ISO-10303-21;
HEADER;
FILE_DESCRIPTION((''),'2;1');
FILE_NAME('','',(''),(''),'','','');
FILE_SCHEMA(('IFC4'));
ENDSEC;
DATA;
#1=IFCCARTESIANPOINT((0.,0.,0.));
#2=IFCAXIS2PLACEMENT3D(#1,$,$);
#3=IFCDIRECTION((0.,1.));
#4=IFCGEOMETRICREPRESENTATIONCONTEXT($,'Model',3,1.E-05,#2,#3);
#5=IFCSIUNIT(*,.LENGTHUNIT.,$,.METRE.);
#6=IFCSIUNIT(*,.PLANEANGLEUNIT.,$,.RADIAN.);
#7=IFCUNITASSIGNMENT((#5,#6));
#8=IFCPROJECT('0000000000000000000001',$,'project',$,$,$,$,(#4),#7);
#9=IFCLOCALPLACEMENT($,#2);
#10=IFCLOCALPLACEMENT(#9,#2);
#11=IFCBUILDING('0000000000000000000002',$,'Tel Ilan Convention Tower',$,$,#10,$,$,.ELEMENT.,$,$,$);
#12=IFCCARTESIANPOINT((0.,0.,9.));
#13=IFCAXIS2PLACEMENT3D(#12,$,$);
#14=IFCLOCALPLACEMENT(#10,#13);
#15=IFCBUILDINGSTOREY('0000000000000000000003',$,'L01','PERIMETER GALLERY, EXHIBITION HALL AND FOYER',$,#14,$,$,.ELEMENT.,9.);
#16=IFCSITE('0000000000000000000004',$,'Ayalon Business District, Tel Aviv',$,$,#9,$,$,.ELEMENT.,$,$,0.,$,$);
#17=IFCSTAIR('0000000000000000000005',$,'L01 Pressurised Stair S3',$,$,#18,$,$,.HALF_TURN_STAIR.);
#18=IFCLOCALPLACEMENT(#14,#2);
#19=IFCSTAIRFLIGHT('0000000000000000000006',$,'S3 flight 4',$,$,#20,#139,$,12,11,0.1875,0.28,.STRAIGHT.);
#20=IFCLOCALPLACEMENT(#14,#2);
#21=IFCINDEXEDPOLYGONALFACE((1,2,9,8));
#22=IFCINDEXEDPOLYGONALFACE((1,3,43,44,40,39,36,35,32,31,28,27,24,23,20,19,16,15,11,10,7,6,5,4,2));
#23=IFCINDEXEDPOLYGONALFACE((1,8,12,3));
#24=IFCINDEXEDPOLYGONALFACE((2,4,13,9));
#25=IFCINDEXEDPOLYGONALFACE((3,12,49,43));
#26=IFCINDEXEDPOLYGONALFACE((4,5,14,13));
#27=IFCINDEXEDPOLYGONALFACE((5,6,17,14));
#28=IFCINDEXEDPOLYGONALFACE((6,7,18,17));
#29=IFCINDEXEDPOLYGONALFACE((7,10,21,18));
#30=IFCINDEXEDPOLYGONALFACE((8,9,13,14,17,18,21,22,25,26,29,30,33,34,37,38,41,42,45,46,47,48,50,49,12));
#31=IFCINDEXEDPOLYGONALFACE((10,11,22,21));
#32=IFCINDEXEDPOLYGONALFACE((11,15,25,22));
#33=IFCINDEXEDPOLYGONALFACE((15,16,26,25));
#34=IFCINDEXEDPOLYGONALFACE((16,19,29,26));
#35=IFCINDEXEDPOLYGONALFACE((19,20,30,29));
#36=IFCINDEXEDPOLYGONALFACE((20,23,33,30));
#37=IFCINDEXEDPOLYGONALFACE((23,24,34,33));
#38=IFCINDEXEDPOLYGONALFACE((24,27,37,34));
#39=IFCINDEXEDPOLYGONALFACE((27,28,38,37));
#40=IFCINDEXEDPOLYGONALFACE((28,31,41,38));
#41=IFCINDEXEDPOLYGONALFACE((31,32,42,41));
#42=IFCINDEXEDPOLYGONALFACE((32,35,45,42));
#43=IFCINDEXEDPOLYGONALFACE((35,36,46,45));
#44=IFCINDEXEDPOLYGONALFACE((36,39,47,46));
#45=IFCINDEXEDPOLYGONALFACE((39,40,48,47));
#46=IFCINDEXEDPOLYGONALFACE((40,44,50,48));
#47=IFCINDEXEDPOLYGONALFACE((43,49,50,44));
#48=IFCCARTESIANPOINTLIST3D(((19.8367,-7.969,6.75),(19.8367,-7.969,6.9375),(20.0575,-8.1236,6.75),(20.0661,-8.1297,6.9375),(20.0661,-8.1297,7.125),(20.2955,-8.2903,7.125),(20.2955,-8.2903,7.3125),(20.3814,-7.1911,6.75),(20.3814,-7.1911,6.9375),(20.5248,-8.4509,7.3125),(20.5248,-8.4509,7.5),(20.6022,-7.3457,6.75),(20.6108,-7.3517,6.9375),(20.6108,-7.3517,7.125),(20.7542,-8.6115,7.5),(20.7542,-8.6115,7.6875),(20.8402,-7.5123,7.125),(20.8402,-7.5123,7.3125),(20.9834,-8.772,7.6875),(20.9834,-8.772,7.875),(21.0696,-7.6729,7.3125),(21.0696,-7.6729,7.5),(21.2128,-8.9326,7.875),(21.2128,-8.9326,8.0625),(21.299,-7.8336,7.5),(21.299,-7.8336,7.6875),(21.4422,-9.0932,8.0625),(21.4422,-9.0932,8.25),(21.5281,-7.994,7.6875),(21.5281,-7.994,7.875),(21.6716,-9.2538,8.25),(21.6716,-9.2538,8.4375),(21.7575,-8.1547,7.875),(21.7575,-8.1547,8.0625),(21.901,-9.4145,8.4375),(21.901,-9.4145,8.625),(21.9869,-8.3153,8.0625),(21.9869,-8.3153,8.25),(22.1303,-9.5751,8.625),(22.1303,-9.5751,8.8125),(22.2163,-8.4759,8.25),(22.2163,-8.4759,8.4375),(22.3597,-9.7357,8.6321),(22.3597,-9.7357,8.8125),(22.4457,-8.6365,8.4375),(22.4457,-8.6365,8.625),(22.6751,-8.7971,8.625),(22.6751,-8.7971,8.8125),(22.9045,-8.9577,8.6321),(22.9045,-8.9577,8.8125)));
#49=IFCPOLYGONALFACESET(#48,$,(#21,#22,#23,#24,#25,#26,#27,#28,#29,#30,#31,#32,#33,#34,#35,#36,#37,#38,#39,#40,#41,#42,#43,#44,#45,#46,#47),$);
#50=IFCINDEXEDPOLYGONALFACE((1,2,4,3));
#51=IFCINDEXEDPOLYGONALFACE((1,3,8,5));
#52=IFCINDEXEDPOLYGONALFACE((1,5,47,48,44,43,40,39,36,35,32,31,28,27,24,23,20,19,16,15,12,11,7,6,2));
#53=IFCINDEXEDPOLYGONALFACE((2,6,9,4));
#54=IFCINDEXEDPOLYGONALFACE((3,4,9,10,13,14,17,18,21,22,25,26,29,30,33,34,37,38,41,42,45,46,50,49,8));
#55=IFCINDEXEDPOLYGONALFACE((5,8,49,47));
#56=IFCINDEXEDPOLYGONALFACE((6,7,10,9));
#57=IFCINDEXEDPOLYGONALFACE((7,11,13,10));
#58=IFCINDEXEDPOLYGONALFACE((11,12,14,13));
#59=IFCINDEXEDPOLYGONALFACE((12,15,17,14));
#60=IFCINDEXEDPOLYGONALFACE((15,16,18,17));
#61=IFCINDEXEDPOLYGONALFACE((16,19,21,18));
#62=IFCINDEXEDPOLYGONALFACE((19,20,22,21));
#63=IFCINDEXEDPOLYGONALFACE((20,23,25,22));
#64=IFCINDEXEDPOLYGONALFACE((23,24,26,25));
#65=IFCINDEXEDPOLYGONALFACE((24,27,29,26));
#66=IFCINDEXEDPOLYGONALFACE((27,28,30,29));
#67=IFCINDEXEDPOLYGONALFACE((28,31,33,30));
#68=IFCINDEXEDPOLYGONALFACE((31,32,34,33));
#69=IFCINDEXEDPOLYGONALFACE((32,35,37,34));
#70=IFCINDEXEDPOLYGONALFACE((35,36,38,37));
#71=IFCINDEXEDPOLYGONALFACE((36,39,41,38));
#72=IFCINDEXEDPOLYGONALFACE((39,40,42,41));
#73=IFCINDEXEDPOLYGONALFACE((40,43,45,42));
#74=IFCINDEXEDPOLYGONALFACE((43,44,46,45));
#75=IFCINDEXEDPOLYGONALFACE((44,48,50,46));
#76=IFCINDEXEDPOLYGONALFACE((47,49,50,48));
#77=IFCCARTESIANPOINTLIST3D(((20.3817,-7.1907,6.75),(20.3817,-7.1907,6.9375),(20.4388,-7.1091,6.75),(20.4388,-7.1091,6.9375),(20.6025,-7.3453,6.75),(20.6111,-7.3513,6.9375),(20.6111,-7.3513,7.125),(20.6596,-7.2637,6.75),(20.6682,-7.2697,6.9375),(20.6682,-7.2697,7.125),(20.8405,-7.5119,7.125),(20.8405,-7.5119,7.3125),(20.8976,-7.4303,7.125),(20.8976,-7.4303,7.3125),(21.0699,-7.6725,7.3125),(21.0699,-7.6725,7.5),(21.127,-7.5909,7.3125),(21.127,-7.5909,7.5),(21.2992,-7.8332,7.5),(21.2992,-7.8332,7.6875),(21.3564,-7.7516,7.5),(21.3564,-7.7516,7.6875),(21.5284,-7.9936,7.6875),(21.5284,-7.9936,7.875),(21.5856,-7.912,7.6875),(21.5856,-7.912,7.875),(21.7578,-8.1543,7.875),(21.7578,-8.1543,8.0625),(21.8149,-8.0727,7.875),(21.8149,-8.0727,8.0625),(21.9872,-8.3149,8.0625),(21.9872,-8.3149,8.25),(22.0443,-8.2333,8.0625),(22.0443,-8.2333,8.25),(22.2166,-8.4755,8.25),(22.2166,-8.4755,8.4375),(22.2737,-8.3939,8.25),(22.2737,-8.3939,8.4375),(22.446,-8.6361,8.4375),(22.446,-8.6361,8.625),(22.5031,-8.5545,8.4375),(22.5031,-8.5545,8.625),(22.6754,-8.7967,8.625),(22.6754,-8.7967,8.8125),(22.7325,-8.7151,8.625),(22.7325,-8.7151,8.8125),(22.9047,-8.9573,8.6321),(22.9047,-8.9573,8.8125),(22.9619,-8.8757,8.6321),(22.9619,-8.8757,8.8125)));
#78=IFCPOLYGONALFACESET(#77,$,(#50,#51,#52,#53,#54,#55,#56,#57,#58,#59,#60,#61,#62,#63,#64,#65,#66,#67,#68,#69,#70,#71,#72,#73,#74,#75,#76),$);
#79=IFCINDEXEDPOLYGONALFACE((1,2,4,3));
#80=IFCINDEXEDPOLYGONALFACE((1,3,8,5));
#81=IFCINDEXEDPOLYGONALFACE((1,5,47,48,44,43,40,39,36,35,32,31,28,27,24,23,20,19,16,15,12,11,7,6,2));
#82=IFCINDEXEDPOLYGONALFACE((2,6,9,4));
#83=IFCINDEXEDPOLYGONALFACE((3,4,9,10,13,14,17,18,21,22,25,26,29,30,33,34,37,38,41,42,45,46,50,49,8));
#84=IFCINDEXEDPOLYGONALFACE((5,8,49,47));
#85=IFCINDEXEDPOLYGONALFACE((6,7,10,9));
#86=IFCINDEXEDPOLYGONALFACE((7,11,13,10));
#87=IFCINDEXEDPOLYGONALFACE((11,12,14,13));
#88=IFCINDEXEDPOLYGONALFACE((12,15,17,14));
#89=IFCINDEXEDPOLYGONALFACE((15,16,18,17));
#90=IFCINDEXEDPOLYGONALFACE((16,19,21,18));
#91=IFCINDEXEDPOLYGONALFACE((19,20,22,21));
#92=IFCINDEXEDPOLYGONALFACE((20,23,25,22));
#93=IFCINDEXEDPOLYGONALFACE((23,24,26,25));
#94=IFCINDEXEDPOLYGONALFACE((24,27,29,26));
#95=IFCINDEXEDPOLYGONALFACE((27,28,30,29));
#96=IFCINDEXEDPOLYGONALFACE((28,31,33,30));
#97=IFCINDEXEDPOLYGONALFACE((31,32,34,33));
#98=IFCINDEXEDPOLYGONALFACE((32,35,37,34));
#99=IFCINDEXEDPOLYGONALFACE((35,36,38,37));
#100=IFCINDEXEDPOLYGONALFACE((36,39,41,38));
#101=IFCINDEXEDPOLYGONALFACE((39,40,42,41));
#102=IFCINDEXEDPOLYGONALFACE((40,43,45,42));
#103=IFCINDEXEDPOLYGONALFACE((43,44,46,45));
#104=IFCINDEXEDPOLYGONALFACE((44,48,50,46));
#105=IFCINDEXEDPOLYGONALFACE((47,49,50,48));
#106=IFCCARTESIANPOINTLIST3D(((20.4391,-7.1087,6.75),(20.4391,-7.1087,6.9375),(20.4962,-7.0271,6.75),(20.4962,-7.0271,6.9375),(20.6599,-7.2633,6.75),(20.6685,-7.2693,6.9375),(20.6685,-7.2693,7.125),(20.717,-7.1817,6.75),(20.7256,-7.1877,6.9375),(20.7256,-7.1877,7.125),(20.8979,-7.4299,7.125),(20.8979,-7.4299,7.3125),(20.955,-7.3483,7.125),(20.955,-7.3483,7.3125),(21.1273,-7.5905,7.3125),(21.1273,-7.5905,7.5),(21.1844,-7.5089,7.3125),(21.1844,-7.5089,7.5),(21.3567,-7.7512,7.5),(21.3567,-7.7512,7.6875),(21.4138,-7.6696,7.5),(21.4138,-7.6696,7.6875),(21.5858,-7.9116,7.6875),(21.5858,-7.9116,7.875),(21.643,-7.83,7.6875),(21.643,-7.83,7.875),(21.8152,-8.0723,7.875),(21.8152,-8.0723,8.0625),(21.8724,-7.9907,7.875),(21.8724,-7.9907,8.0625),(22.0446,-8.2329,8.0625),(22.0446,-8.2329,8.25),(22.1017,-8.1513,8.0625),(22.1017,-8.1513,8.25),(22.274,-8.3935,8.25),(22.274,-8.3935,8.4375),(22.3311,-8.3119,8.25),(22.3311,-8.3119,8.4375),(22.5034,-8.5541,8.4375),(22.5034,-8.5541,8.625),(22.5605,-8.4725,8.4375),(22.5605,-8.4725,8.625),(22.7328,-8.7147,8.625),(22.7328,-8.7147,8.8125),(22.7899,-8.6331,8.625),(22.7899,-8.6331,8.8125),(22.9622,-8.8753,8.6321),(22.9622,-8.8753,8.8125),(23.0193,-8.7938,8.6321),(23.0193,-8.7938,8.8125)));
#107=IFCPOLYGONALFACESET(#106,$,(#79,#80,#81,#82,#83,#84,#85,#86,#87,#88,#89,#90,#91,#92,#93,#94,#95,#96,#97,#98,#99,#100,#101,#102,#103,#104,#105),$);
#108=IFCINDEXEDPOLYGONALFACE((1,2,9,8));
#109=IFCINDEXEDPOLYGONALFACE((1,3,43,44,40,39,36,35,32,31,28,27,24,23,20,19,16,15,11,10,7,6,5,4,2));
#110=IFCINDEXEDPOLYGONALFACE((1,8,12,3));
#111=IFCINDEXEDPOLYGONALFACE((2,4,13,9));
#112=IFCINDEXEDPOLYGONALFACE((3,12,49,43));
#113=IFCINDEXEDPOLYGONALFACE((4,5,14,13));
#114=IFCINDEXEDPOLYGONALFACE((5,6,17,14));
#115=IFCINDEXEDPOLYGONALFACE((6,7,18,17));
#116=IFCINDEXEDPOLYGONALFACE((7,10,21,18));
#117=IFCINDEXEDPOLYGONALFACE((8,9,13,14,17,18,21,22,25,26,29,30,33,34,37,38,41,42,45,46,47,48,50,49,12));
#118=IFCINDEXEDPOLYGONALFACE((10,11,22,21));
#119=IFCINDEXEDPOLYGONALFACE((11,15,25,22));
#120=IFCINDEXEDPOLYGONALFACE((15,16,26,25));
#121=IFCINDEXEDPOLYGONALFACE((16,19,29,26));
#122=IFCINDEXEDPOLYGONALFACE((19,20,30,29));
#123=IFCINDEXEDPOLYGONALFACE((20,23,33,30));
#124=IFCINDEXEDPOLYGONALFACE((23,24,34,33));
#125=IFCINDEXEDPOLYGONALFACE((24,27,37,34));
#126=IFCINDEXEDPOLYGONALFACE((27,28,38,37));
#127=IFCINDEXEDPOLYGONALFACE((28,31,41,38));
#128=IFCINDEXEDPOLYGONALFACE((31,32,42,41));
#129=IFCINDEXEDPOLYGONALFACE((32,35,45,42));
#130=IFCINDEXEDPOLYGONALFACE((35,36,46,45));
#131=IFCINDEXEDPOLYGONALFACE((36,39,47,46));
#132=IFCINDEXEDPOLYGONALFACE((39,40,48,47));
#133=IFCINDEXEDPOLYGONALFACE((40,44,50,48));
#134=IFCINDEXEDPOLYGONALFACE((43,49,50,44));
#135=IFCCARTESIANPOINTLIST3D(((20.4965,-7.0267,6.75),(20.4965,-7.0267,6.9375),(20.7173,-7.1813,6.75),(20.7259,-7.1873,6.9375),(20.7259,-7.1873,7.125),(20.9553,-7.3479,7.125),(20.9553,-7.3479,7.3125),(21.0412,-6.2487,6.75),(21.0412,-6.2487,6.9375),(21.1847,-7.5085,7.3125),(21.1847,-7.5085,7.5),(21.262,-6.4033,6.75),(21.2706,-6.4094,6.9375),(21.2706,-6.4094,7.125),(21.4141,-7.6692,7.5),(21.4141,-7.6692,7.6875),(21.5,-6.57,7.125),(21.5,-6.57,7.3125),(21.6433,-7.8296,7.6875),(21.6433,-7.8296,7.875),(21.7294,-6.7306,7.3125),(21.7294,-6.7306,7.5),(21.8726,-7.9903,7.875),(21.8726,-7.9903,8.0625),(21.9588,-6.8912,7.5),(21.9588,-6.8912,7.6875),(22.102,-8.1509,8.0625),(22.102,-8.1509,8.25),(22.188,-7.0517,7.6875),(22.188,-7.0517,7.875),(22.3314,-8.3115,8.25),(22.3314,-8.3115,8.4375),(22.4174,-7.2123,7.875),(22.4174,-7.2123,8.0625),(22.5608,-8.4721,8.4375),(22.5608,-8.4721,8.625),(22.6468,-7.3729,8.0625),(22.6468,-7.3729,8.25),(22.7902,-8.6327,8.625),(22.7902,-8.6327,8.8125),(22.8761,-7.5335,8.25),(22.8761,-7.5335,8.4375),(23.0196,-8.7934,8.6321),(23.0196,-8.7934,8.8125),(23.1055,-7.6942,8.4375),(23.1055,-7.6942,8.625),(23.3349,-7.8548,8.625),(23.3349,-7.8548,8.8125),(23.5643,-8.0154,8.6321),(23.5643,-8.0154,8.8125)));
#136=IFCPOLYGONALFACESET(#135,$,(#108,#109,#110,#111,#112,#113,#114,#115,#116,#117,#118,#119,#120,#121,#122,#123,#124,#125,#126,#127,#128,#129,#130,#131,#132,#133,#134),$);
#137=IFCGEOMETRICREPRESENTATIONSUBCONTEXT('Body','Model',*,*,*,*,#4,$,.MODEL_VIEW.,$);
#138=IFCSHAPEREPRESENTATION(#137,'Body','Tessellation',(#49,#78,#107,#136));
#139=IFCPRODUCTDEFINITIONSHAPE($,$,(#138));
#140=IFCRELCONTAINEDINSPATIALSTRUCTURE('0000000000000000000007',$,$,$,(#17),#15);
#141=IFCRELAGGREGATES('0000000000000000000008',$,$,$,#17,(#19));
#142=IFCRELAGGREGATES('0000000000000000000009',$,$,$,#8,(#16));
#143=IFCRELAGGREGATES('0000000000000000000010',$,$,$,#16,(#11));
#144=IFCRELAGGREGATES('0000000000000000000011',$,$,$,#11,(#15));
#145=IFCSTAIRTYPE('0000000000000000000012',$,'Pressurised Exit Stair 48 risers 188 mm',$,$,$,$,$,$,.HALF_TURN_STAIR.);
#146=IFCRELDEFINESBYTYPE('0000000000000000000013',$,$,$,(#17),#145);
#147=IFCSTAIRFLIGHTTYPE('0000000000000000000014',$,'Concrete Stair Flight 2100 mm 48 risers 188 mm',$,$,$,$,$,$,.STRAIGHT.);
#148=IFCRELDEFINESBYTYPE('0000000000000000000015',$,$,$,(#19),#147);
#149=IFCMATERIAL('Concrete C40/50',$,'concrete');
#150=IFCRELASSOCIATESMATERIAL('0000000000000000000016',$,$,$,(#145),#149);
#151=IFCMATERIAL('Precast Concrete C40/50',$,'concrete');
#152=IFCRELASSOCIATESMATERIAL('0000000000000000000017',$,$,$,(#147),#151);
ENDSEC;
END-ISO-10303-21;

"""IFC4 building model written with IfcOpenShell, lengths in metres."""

from ifc_helpers import new_model, si_unit, direction, frame, origin, place, context, subcontext, project, spatial, polyline, outline, extrude, material, type_object, element, aggregate, save


model = new_model("IFC4")

# Units and contexts
model_context = context("Model", 3, precision=1e-05, world=origin(), true_north=direction((0.0, 1.0)))
body_context = subcontext(model_context, "Body", "Model", "MODEL_VIEW")
ifc_project = project(units=[si_unit("LENGTHUNIT", "METRE"), si_unit("PLANEANGLEUNIT", "RADIAN")], contexts=[model_context])

# Site, building, storey
site_placement = place(None, origin())
site = spatial("IfcSite", under=ifc_project, at=site_placement, Name="Ayalon Business District, Tel Aviv", CompositionType="ELEMENT", RefElevation=0.0)
building_placement = place(site_placement, origin())
building = spatial("IfcBuilding", under=site, at=building_placement, Name="Tel Ilan Convention Tower", CompositionType="ELEMENT")
storey_placement = place(building_placement, frame((0.0, 0.0, 9.0)))
storey = spatial("IfcBuildingStorey", under=building, at=storey_placement, Name="L01", Description="PERIMETER GALLERY, EXHIBITION HALL AND FOYER", CompositionType="ELEMENT", Elevation=9.0)

# Stair, stair flight
ifc_material_1 = material(Name="Concrete C40/50", Category="concrete")
stair_type = type_object("IfcStairType", Name="Pressurised Exit Stair 48 risers 188 mm", PredefinedType="HALF_TURN_STAIR", material=ifc_material_1)
stair_placement = place(storey_placement, origin())
stair = element("IfcStair", 1, at=stair_placement, inside=storey, type_object=stair_type, Name="L01 Pressurised Stair S3", PredefinedType="HALF_TURN_STAIR")
ifc_material_2 = material(Name="Precast Concrete C40/50", Category="concrete")
stair_flight_type = type_object("IfcStairFlightType", Name="Concrete Stair Flight 2100 mm 48 risers 188 mm", PredefinedType="STRAIGHT", material=ifc_material_2)
stair_flight_1_placement = place(storey_placement, frame((20.439, -7.1089, 6.75), z_axis=(0.0, 0.0, 1.0), x_axis=(0.819152, -0.573576, 0.0)))
stair_flight_1 = element("IfcStairFlight", 2, at=stair_flight_1_placement, type_object=stair_flight_type, Name="S3 flight 4", NumberOfRisers=12, NumberOfTreads=11, PredefinedType="STRAIGHT", RiserHeight=0.1875, TreadLength=0.28, context=body_context, shape_type="SweptSolid", body=[
    extrude(outline(polyline([(0.0, 0.0), (0.0, 0.1875), (0.28, 0.1875), (0.28, 0.375), (0.5601, 0.375), (0.5601, 0.5625), (0.8401, 0.5625), (0.8401, 0.75), (1.1201, 0.75), (1.1201, 0.9375), (1.3999, 0.9375), (1.3999, 1.125), (1.6799, 1.125), (1.6799, 1.3125), (1.96, 1.3125), (1.96, 1.5), (2.24, 1.5), (2.24, 1.6875), (2.52, 1.6875), (2.52, 1.875), (2.8, 1.875), (2.8, 2.0625), (3.0801, 2.0625), (3.0801, 2.25), (3.0801, 1.8821), (0.2695, 0.0), (0.0, 0.0)])), frame((0.0, -0.1003, 0.0), z_axis=(0.0, -1.0, 0.0), x_axis=(1.0, 0.0, 0.0)), (0.0, 0.0, 1.0), 0.9497),
    extrude(outline(polyline([(0.0, 0.0), (0.0, 0.1875), (0.28, 0.1875), (0.28, 0.375), (0.5601, 0.375), (0.5601, 0.5625), (0.8401, 0.5625), (0.8401, 0.75), (1.1201, 0.75), (1.1201, 0.9375), (1.3999, 0.9375), (1.3999, 1.125), (1.6799, 1.125), (1.6799, 1.3125), (1.96, 1.3125), (1.96, 1.5), (2.24, 1.5), (2.24, 1.6875), (2.52, 1.6875), (2.52, 1.875), (2.8, 1.875), (2.8, 2.0625), (3.0801, 2.0625), (3.0801, 2.25), (3.0801, 1.8821), (0.2695, 0.0), (0.0, 0.0)])), frame((0.0, -0.0002, 0.0), z_axis=(0.0, -1.0, 0.0), x_axis=(1.0, 0.0, 0.0)), (0.0, 0.0, 1.0), 0.0996),
    extrude(outline(polyline([(0.0, 0.0), (0.0, 0.1875), (0.28, 0.1875), (0.28, 0.375), (0.5601, 0.375), (0.5601, 0.5625), (0.8401, 0.5625), (0.8401, 0.75), (1.1201, 0.75), (1.1201, 0.9375), (1.3999, 0.9375), (1.3999, 1.125), (1.6799, 1.125), (1.6799, 1.3125), (1.96, 1.3125), (1.96, 1.5), (2.24, 1.5), (2.24, 1.6875), (2.52, 1.6875), (2.52, 1.875), (2.8, 1.875), (2.8, 2.0625), (3.0801, 2.0625), (3.0801, 2.25), (3.0801, 1.8821), (0.2695, 0.0), (0.0, 0.0)])), frame((0.0, 0.0999, 0.0), z_axis=(0.0, -1.0, 0.0), x_axis=(1.0, 0.0, 0.0)), (0.0, 0.0, 1.0), 0.0996),
    extrude(outline(polyline([(0.0, 0.0), (0.0, 0.1875), (0.28, 0.1875), (0.28, 0.375), (0.5601, 0.375), (0.5601, 0.5625), (0.8401, 0.5625), (0.8401, 0.75), (1.1201, 0.75), (1.1201, 0.9375), (1.3999, 0.9375), (1.3999, 1.125), (1.6799, 1.125), (1.6799, 1.3125), (1.96, 1.3125), (1.96, 1.5), (2.24, 1.5), (2.24, 1.6875), (2.52, 1.6875), (2.52, 1.875), (2.8, 1.875), (2.8, 2.0625), (3.0801, 2.0625), (3.0801, 2.25), (3.0801, 1.8821), (0.2695, 0.0), (0.0, 0.0)])), frame((0.0, 1.05, 0.0), z_axis=(0.0, -1.0, 0.0), x_axis=(1.0, 0.0, 0.0)), (0.0, 0.0, 1.0), 0.9497),
])
aggregate(stair, [stair_flight_1])

save(model, "model.ifc")
